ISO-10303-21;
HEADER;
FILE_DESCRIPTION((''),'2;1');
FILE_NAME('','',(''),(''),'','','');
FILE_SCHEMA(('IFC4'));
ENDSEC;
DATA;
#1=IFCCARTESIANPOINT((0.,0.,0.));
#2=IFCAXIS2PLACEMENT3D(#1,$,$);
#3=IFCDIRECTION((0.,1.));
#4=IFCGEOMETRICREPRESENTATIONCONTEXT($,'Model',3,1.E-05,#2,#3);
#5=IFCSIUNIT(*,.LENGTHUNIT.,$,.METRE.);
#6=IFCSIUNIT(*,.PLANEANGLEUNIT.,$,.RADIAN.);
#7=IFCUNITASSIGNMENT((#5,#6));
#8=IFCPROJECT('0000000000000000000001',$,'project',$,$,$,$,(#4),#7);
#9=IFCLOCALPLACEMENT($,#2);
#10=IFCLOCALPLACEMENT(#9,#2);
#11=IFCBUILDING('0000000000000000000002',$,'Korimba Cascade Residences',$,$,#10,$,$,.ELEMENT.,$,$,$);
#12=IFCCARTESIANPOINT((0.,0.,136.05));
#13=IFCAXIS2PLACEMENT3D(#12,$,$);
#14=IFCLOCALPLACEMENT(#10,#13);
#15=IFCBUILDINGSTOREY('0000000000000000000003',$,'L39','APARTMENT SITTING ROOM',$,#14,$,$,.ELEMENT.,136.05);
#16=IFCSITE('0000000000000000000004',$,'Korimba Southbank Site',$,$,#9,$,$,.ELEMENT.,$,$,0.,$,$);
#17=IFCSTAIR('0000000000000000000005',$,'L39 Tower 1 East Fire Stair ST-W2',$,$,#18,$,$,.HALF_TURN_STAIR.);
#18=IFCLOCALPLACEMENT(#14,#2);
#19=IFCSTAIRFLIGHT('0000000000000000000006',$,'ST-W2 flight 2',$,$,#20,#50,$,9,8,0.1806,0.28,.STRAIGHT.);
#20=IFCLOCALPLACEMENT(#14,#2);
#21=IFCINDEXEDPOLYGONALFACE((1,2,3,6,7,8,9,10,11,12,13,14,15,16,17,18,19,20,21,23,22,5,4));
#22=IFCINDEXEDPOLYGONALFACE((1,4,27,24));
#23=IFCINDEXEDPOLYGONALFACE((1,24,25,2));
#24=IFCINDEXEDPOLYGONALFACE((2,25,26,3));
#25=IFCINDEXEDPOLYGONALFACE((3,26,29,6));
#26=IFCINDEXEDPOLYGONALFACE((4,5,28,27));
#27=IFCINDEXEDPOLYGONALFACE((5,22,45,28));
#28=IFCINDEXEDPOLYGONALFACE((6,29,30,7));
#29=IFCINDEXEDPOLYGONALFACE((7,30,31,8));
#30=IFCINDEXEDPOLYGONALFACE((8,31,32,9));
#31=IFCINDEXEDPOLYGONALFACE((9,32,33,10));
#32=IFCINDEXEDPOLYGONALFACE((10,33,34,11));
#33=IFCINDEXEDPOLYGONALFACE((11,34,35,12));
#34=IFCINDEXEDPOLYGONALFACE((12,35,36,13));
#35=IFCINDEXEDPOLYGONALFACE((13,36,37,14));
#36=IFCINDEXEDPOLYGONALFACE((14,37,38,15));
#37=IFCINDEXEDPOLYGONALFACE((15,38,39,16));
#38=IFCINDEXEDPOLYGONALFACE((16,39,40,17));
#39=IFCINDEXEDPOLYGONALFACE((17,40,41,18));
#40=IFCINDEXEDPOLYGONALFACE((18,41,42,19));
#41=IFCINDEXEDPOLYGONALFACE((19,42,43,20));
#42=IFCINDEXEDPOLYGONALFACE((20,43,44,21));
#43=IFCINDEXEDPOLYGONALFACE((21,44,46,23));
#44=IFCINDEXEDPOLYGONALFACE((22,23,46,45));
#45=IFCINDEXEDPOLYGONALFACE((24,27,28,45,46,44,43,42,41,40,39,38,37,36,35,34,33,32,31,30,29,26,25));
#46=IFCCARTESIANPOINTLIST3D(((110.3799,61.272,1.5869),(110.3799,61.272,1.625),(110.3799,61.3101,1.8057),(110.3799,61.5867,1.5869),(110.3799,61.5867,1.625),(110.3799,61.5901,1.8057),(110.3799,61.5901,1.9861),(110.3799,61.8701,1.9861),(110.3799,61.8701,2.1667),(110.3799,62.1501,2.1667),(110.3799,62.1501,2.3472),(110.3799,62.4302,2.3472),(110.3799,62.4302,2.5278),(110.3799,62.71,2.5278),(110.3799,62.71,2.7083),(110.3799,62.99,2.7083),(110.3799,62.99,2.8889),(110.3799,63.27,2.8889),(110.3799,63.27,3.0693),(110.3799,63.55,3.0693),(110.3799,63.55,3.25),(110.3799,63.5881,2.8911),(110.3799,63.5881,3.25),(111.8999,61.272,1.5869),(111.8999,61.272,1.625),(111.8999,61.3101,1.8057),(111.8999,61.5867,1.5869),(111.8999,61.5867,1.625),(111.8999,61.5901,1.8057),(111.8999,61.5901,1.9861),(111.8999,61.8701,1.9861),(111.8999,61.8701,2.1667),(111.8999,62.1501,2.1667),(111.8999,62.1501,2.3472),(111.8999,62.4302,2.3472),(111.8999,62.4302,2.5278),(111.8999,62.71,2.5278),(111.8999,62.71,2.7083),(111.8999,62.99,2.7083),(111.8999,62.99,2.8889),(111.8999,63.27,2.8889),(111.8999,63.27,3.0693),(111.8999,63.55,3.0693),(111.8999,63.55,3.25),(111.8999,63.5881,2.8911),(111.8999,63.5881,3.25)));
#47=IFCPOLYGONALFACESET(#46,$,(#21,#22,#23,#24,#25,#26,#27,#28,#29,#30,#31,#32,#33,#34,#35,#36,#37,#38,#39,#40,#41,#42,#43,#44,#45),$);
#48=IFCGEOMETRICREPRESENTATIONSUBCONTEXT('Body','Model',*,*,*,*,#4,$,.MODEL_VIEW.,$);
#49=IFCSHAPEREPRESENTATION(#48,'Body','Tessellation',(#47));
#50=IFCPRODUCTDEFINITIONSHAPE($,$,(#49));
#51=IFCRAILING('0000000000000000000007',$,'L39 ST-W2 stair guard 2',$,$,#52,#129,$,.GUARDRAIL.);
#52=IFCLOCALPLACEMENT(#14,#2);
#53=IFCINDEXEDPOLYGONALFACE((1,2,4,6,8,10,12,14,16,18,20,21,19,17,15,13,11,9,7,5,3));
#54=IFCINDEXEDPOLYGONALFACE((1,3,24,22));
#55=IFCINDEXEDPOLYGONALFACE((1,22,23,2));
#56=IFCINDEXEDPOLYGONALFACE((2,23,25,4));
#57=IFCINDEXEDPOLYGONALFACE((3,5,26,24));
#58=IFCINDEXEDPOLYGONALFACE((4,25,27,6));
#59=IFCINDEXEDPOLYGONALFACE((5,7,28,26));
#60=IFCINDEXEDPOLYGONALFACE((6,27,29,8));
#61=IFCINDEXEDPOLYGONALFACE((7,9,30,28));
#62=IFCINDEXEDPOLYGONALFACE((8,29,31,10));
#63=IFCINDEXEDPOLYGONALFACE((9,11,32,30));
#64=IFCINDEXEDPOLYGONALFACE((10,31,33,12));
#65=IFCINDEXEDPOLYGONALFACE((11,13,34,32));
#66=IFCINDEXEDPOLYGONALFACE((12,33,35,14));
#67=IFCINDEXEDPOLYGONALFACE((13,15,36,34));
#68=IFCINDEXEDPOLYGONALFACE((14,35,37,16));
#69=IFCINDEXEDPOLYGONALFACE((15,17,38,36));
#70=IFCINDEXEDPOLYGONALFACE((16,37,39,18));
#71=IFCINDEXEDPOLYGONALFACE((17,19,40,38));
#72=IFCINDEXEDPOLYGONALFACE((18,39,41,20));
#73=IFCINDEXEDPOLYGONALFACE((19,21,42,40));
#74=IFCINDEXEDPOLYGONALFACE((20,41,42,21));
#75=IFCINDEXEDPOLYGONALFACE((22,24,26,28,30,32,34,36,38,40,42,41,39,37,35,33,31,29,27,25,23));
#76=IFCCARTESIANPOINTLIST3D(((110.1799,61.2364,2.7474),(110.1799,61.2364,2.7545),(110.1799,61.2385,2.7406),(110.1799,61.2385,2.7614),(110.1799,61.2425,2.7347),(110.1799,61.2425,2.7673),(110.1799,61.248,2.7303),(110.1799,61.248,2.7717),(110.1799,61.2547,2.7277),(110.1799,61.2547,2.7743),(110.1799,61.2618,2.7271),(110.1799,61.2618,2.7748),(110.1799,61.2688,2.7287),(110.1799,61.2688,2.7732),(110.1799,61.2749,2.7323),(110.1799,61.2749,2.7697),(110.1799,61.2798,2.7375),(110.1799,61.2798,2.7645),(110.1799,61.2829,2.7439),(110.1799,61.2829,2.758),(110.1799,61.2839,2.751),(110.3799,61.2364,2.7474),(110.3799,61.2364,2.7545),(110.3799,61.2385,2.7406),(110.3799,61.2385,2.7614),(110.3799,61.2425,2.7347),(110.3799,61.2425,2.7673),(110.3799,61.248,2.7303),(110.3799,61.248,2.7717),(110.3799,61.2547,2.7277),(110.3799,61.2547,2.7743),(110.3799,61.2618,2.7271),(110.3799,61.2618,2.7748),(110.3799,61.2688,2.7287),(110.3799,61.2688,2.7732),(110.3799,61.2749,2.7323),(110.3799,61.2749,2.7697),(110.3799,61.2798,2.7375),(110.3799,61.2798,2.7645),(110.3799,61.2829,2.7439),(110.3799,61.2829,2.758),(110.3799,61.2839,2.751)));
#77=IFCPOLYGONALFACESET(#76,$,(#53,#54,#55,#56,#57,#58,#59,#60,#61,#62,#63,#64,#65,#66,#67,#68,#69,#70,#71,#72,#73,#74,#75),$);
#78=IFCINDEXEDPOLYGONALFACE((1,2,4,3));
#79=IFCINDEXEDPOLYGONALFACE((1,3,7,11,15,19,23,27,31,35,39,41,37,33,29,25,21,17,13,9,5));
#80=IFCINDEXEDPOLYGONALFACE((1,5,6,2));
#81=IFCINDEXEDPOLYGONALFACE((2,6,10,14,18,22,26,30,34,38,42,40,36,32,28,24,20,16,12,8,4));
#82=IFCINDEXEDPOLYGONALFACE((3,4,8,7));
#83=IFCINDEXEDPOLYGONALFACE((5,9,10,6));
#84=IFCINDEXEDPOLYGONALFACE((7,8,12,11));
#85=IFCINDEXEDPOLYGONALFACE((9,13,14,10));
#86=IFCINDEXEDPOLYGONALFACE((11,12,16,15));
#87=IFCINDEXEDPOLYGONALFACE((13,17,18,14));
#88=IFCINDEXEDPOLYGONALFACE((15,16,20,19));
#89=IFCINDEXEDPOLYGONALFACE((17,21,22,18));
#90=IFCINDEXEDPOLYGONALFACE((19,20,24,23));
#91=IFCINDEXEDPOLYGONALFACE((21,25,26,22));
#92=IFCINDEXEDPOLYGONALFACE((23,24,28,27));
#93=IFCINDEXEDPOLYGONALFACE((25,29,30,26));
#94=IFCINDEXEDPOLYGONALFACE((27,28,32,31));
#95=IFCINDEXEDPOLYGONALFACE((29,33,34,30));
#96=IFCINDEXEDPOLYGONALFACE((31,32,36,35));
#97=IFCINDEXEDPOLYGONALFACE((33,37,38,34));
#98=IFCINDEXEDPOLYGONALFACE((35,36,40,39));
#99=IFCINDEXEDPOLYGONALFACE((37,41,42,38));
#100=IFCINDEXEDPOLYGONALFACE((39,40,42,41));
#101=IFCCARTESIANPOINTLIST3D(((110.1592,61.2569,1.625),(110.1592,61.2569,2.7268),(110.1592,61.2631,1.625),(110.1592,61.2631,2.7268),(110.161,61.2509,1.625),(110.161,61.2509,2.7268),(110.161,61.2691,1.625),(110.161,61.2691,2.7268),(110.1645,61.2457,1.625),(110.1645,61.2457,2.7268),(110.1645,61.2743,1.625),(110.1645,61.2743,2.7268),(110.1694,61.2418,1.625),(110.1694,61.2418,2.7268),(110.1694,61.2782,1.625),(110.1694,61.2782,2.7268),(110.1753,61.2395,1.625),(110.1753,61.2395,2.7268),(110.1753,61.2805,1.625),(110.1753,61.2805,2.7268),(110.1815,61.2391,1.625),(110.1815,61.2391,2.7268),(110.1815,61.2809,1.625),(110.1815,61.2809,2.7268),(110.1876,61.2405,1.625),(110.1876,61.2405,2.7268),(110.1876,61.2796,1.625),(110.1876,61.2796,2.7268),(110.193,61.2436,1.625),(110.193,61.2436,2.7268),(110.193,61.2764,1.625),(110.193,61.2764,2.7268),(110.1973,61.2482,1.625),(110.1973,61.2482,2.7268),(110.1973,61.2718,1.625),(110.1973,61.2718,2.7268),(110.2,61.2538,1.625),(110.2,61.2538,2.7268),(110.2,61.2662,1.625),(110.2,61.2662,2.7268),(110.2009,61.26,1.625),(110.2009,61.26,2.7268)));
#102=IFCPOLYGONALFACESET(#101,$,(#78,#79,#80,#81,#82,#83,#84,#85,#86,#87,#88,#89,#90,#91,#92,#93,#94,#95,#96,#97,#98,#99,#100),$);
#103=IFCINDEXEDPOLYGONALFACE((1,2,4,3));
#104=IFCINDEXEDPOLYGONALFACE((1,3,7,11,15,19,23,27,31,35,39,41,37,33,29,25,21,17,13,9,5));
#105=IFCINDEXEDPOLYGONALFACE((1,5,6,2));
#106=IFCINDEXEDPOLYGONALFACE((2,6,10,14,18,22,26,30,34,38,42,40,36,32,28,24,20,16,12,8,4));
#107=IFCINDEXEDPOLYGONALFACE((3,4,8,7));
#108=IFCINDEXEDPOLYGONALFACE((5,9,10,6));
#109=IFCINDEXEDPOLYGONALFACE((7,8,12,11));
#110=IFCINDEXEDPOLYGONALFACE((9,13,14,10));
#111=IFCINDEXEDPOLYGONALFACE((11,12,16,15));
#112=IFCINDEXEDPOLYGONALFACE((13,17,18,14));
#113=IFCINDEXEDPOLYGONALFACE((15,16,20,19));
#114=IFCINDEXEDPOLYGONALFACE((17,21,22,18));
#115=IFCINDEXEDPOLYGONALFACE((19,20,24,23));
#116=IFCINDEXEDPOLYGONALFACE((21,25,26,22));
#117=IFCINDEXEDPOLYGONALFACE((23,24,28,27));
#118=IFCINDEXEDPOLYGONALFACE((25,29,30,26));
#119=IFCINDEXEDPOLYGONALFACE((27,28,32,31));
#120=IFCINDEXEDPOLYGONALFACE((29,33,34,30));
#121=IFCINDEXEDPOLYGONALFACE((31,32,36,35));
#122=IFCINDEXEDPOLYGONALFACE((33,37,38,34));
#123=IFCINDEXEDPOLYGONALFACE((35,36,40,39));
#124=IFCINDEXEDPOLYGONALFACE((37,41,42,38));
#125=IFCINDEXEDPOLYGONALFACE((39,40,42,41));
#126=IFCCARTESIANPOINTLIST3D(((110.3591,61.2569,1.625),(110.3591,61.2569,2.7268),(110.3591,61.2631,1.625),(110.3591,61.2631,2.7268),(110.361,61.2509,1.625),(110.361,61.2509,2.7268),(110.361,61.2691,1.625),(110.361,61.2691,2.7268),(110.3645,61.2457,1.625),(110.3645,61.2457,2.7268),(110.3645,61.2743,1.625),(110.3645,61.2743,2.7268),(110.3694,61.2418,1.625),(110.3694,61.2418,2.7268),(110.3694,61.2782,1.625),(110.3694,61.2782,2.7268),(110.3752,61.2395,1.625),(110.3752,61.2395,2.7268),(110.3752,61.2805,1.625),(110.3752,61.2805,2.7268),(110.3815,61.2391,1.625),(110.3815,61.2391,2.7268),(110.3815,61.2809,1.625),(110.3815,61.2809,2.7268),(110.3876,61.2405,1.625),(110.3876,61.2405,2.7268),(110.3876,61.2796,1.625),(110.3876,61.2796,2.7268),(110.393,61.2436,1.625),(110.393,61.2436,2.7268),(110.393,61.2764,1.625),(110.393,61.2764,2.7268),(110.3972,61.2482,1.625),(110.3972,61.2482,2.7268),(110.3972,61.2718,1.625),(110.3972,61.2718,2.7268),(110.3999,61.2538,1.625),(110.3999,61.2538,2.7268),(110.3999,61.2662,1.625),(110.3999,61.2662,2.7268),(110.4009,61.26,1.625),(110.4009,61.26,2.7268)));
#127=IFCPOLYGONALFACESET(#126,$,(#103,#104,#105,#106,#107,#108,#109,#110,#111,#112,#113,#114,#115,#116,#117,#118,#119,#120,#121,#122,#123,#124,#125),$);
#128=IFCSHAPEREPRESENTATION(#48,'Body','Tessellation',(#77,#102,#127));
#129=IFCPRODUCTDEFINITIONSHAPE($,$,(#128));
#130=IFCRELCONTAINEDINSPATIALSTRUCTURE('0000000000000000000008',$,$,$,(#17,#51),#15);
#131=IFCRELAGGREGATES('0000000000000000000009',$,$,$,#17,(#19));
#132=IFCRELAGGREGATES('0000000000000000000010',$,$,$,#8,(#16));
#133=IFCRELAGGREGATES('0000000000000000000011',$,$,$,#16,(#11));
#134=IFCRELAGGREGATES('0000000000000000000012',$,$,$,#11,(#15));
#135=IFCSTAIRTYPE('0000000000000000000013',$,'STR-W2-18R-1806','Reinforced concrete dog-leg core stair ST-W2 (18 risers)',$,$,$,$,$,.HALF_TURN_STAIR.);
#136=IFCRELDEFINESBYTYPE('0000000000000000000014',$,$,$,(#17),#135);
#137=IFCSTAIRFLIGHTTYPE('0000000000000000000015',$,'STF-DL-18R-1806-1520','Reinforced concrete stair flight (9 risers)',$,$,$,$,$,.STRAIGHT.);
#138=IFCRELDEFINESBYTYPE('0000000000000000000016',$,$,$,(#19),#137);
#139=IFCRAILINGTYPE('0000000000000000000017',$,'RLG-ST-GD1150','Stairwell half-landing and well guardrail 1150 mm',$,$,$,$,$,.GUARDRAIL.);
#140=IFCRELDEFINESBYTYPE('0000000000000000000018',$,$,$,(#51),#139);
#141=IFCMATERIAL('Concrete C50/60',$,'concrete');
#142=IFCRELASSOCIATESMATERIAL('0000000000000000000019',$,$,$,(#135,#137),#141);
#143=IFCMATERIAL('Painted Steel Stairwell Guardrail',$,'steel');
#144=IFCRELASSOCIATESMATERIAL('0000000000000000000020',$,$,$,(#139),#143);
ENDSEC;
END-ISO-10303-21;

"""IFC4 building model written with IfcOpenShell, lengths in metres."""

from ifc_helpers import new_model, si_unit, direction, frame, origin, origin_2d, place, context, subcontext, project, spatial, polyline, circle, outline, extrude, material, type_object, element, aggregate, save


model = new_model("IFC4")

# Units and contexts
model_context = context("Model", 3, precision=1e-05, world=origin(), true_north=direction((0.0, 1.0)))
body_context = subcontext(model_context, "Body", "Model", "MODEL_VIEW")
ifc_project = project(units=[si_unit("LENGTHUNIT", "METRE"), si_unit("PLANEANGLEUNIT", "RADIAN")], contexts=[model_context])

# Site, building, storey
site_placement = place(None, origin())
site = spatial("IfcSite", under=ifc_project, at=site_placement, Name="Korimba Southbank Site", CompositionType="ELEMENT", RefElevation=0.0)
building_placement = place(site_placement, origin())
building = spatial("IfcBuilding", under=site, at=building_placement, Name="Korimba Cascade Residences", CompositionType="ELEMENT")
storey_placement = place(building_placement, frame((0.0, 0.0, 136.05)))
storey = spatial("IfcBuildingStorey", under=building, at=storey_placement, Name="L39", Description="APARTMENT SITTING ROOM", CompositionType="ELEMENT", Elevation=136.05)

# Stair, stair flight
ifc_material_1 = material(Name="Concrete C50/60", Category="concrete")
stair_type = type_object("IfcStairType", Name="STR-W2-18R-1806", Description="Reinforced concrete dog-leg core stair ST-W2 (18 risers)", PredefinedType="HALF_TURN_STAIR", material=ifc_material_1)
stair_placement = place(storey_placement, origin())
stair = element("IfcStair", 1, at=stair_placement, inside=storey, type_object=stair_type, Name="L39 Tower 1 East Fire Stair ST-W2", PredefinedType="HALF_TURN_STAIR")
stair_flight_type = type_object("IfcStairFlightType", Name="STF-DL-18R-1806-1520", Description="Reinforced concrete stair flight (9 risers)", PredefinedType="STRAIGHT", material=ifc_material_1)
stair_flight_placement = place(storey_placement, frame((111.1399, 61.3101, 1.625), z_axis=(0.0, 0.0, 1.0), x_axis=(0.0, 1.0, 0.0)))
stair_flight = element("IfcStairFlight", 2, at=stair_flight_placement, type_object=stair_flight_type, Name="ST-W2 flight 2", NumberOfRisers=9, NumberOfTreads=8, PredefinedType="STRAIGHT", RiserHeight=0.1806, TreadLength=0.28, context=body_context, shape_type="SweptSolid", body=[
    extrude(outline(polyline([(-0.0381, 0.0), (0.0, 0.1807), (0.28, 0.1807), (0.28, 0.3611), (0.5601, 0.3611), (0.5601, 0.5417), (0.8401, 0.5417), (0.8401, 0.7222), (1.1201, 0.7222), (1.1201, 0.9028), (1.3999, 0.9028), (1.3999, 1.0833), (1.6799, 1.0833), (1.6799, 1.2639), (1.96, 1.2639), (1.96, 1.4443), (2.24, 1.4443), (2.24, 1.625), (2.2781, 1.625), (2.2781, 1.2661), (0.2766, 0.0), (0.2766, -0.0381), (-0.0381, -0.0381), (-0.0381, 0.0)])), frame((0.0, 0.76, 0.0), z_axis=(0.0, -1.0, 0.0), x_axis=(1.0, 0.0, 0.0)), (0.0, 0.0, 1.0), 1.52),
])
aggregate(stair, [stair_flight])

# Railing
ifc_material_2 = material(Name="Painted Steel Stairwell Guardrail", Category="steel")
railing_type_1 = type_object("IfcRailingType", Name="RLG-ST-GD1150", Description="Stairwell half-landing and well guardrail 1150 mm", PredefinedType="GUARDRAIL", material=ifc_material_2)
railing_1_placement = place(storey_placement, frame((110.1799, 61.26, 1.625)))
element("IfcRailing", 3, at=railing_1_placement, inside=storey, type_object=railing_type_1, Name="L39 ST-W2 stair guard 2", PredefinedType="GUARDRAIL", context=body_context, shape_type="SweptSolid", body=[
    extrude(circle(Radius=0.0239, at=origin_2d()), frame((0.0, 0.0, 1.126), z_axis=(1.0, 0.0, 0.0), x_axis=(0.0, 1.0, 0.0)), (0.0, 0.0, 1.0), 0.2),
    extrude(circle(Radius=0.021, at=origin_2d()), origin(), (0.0, 0.0, 1.0), 1.1018),
    extrude(circle(Radius=0.021, at=origin_2d()), frame((0.2, 0.0, 0.0)), (0.0, 0.0, 1.0), 1.1018),
])

save(model, "model.ifc")
